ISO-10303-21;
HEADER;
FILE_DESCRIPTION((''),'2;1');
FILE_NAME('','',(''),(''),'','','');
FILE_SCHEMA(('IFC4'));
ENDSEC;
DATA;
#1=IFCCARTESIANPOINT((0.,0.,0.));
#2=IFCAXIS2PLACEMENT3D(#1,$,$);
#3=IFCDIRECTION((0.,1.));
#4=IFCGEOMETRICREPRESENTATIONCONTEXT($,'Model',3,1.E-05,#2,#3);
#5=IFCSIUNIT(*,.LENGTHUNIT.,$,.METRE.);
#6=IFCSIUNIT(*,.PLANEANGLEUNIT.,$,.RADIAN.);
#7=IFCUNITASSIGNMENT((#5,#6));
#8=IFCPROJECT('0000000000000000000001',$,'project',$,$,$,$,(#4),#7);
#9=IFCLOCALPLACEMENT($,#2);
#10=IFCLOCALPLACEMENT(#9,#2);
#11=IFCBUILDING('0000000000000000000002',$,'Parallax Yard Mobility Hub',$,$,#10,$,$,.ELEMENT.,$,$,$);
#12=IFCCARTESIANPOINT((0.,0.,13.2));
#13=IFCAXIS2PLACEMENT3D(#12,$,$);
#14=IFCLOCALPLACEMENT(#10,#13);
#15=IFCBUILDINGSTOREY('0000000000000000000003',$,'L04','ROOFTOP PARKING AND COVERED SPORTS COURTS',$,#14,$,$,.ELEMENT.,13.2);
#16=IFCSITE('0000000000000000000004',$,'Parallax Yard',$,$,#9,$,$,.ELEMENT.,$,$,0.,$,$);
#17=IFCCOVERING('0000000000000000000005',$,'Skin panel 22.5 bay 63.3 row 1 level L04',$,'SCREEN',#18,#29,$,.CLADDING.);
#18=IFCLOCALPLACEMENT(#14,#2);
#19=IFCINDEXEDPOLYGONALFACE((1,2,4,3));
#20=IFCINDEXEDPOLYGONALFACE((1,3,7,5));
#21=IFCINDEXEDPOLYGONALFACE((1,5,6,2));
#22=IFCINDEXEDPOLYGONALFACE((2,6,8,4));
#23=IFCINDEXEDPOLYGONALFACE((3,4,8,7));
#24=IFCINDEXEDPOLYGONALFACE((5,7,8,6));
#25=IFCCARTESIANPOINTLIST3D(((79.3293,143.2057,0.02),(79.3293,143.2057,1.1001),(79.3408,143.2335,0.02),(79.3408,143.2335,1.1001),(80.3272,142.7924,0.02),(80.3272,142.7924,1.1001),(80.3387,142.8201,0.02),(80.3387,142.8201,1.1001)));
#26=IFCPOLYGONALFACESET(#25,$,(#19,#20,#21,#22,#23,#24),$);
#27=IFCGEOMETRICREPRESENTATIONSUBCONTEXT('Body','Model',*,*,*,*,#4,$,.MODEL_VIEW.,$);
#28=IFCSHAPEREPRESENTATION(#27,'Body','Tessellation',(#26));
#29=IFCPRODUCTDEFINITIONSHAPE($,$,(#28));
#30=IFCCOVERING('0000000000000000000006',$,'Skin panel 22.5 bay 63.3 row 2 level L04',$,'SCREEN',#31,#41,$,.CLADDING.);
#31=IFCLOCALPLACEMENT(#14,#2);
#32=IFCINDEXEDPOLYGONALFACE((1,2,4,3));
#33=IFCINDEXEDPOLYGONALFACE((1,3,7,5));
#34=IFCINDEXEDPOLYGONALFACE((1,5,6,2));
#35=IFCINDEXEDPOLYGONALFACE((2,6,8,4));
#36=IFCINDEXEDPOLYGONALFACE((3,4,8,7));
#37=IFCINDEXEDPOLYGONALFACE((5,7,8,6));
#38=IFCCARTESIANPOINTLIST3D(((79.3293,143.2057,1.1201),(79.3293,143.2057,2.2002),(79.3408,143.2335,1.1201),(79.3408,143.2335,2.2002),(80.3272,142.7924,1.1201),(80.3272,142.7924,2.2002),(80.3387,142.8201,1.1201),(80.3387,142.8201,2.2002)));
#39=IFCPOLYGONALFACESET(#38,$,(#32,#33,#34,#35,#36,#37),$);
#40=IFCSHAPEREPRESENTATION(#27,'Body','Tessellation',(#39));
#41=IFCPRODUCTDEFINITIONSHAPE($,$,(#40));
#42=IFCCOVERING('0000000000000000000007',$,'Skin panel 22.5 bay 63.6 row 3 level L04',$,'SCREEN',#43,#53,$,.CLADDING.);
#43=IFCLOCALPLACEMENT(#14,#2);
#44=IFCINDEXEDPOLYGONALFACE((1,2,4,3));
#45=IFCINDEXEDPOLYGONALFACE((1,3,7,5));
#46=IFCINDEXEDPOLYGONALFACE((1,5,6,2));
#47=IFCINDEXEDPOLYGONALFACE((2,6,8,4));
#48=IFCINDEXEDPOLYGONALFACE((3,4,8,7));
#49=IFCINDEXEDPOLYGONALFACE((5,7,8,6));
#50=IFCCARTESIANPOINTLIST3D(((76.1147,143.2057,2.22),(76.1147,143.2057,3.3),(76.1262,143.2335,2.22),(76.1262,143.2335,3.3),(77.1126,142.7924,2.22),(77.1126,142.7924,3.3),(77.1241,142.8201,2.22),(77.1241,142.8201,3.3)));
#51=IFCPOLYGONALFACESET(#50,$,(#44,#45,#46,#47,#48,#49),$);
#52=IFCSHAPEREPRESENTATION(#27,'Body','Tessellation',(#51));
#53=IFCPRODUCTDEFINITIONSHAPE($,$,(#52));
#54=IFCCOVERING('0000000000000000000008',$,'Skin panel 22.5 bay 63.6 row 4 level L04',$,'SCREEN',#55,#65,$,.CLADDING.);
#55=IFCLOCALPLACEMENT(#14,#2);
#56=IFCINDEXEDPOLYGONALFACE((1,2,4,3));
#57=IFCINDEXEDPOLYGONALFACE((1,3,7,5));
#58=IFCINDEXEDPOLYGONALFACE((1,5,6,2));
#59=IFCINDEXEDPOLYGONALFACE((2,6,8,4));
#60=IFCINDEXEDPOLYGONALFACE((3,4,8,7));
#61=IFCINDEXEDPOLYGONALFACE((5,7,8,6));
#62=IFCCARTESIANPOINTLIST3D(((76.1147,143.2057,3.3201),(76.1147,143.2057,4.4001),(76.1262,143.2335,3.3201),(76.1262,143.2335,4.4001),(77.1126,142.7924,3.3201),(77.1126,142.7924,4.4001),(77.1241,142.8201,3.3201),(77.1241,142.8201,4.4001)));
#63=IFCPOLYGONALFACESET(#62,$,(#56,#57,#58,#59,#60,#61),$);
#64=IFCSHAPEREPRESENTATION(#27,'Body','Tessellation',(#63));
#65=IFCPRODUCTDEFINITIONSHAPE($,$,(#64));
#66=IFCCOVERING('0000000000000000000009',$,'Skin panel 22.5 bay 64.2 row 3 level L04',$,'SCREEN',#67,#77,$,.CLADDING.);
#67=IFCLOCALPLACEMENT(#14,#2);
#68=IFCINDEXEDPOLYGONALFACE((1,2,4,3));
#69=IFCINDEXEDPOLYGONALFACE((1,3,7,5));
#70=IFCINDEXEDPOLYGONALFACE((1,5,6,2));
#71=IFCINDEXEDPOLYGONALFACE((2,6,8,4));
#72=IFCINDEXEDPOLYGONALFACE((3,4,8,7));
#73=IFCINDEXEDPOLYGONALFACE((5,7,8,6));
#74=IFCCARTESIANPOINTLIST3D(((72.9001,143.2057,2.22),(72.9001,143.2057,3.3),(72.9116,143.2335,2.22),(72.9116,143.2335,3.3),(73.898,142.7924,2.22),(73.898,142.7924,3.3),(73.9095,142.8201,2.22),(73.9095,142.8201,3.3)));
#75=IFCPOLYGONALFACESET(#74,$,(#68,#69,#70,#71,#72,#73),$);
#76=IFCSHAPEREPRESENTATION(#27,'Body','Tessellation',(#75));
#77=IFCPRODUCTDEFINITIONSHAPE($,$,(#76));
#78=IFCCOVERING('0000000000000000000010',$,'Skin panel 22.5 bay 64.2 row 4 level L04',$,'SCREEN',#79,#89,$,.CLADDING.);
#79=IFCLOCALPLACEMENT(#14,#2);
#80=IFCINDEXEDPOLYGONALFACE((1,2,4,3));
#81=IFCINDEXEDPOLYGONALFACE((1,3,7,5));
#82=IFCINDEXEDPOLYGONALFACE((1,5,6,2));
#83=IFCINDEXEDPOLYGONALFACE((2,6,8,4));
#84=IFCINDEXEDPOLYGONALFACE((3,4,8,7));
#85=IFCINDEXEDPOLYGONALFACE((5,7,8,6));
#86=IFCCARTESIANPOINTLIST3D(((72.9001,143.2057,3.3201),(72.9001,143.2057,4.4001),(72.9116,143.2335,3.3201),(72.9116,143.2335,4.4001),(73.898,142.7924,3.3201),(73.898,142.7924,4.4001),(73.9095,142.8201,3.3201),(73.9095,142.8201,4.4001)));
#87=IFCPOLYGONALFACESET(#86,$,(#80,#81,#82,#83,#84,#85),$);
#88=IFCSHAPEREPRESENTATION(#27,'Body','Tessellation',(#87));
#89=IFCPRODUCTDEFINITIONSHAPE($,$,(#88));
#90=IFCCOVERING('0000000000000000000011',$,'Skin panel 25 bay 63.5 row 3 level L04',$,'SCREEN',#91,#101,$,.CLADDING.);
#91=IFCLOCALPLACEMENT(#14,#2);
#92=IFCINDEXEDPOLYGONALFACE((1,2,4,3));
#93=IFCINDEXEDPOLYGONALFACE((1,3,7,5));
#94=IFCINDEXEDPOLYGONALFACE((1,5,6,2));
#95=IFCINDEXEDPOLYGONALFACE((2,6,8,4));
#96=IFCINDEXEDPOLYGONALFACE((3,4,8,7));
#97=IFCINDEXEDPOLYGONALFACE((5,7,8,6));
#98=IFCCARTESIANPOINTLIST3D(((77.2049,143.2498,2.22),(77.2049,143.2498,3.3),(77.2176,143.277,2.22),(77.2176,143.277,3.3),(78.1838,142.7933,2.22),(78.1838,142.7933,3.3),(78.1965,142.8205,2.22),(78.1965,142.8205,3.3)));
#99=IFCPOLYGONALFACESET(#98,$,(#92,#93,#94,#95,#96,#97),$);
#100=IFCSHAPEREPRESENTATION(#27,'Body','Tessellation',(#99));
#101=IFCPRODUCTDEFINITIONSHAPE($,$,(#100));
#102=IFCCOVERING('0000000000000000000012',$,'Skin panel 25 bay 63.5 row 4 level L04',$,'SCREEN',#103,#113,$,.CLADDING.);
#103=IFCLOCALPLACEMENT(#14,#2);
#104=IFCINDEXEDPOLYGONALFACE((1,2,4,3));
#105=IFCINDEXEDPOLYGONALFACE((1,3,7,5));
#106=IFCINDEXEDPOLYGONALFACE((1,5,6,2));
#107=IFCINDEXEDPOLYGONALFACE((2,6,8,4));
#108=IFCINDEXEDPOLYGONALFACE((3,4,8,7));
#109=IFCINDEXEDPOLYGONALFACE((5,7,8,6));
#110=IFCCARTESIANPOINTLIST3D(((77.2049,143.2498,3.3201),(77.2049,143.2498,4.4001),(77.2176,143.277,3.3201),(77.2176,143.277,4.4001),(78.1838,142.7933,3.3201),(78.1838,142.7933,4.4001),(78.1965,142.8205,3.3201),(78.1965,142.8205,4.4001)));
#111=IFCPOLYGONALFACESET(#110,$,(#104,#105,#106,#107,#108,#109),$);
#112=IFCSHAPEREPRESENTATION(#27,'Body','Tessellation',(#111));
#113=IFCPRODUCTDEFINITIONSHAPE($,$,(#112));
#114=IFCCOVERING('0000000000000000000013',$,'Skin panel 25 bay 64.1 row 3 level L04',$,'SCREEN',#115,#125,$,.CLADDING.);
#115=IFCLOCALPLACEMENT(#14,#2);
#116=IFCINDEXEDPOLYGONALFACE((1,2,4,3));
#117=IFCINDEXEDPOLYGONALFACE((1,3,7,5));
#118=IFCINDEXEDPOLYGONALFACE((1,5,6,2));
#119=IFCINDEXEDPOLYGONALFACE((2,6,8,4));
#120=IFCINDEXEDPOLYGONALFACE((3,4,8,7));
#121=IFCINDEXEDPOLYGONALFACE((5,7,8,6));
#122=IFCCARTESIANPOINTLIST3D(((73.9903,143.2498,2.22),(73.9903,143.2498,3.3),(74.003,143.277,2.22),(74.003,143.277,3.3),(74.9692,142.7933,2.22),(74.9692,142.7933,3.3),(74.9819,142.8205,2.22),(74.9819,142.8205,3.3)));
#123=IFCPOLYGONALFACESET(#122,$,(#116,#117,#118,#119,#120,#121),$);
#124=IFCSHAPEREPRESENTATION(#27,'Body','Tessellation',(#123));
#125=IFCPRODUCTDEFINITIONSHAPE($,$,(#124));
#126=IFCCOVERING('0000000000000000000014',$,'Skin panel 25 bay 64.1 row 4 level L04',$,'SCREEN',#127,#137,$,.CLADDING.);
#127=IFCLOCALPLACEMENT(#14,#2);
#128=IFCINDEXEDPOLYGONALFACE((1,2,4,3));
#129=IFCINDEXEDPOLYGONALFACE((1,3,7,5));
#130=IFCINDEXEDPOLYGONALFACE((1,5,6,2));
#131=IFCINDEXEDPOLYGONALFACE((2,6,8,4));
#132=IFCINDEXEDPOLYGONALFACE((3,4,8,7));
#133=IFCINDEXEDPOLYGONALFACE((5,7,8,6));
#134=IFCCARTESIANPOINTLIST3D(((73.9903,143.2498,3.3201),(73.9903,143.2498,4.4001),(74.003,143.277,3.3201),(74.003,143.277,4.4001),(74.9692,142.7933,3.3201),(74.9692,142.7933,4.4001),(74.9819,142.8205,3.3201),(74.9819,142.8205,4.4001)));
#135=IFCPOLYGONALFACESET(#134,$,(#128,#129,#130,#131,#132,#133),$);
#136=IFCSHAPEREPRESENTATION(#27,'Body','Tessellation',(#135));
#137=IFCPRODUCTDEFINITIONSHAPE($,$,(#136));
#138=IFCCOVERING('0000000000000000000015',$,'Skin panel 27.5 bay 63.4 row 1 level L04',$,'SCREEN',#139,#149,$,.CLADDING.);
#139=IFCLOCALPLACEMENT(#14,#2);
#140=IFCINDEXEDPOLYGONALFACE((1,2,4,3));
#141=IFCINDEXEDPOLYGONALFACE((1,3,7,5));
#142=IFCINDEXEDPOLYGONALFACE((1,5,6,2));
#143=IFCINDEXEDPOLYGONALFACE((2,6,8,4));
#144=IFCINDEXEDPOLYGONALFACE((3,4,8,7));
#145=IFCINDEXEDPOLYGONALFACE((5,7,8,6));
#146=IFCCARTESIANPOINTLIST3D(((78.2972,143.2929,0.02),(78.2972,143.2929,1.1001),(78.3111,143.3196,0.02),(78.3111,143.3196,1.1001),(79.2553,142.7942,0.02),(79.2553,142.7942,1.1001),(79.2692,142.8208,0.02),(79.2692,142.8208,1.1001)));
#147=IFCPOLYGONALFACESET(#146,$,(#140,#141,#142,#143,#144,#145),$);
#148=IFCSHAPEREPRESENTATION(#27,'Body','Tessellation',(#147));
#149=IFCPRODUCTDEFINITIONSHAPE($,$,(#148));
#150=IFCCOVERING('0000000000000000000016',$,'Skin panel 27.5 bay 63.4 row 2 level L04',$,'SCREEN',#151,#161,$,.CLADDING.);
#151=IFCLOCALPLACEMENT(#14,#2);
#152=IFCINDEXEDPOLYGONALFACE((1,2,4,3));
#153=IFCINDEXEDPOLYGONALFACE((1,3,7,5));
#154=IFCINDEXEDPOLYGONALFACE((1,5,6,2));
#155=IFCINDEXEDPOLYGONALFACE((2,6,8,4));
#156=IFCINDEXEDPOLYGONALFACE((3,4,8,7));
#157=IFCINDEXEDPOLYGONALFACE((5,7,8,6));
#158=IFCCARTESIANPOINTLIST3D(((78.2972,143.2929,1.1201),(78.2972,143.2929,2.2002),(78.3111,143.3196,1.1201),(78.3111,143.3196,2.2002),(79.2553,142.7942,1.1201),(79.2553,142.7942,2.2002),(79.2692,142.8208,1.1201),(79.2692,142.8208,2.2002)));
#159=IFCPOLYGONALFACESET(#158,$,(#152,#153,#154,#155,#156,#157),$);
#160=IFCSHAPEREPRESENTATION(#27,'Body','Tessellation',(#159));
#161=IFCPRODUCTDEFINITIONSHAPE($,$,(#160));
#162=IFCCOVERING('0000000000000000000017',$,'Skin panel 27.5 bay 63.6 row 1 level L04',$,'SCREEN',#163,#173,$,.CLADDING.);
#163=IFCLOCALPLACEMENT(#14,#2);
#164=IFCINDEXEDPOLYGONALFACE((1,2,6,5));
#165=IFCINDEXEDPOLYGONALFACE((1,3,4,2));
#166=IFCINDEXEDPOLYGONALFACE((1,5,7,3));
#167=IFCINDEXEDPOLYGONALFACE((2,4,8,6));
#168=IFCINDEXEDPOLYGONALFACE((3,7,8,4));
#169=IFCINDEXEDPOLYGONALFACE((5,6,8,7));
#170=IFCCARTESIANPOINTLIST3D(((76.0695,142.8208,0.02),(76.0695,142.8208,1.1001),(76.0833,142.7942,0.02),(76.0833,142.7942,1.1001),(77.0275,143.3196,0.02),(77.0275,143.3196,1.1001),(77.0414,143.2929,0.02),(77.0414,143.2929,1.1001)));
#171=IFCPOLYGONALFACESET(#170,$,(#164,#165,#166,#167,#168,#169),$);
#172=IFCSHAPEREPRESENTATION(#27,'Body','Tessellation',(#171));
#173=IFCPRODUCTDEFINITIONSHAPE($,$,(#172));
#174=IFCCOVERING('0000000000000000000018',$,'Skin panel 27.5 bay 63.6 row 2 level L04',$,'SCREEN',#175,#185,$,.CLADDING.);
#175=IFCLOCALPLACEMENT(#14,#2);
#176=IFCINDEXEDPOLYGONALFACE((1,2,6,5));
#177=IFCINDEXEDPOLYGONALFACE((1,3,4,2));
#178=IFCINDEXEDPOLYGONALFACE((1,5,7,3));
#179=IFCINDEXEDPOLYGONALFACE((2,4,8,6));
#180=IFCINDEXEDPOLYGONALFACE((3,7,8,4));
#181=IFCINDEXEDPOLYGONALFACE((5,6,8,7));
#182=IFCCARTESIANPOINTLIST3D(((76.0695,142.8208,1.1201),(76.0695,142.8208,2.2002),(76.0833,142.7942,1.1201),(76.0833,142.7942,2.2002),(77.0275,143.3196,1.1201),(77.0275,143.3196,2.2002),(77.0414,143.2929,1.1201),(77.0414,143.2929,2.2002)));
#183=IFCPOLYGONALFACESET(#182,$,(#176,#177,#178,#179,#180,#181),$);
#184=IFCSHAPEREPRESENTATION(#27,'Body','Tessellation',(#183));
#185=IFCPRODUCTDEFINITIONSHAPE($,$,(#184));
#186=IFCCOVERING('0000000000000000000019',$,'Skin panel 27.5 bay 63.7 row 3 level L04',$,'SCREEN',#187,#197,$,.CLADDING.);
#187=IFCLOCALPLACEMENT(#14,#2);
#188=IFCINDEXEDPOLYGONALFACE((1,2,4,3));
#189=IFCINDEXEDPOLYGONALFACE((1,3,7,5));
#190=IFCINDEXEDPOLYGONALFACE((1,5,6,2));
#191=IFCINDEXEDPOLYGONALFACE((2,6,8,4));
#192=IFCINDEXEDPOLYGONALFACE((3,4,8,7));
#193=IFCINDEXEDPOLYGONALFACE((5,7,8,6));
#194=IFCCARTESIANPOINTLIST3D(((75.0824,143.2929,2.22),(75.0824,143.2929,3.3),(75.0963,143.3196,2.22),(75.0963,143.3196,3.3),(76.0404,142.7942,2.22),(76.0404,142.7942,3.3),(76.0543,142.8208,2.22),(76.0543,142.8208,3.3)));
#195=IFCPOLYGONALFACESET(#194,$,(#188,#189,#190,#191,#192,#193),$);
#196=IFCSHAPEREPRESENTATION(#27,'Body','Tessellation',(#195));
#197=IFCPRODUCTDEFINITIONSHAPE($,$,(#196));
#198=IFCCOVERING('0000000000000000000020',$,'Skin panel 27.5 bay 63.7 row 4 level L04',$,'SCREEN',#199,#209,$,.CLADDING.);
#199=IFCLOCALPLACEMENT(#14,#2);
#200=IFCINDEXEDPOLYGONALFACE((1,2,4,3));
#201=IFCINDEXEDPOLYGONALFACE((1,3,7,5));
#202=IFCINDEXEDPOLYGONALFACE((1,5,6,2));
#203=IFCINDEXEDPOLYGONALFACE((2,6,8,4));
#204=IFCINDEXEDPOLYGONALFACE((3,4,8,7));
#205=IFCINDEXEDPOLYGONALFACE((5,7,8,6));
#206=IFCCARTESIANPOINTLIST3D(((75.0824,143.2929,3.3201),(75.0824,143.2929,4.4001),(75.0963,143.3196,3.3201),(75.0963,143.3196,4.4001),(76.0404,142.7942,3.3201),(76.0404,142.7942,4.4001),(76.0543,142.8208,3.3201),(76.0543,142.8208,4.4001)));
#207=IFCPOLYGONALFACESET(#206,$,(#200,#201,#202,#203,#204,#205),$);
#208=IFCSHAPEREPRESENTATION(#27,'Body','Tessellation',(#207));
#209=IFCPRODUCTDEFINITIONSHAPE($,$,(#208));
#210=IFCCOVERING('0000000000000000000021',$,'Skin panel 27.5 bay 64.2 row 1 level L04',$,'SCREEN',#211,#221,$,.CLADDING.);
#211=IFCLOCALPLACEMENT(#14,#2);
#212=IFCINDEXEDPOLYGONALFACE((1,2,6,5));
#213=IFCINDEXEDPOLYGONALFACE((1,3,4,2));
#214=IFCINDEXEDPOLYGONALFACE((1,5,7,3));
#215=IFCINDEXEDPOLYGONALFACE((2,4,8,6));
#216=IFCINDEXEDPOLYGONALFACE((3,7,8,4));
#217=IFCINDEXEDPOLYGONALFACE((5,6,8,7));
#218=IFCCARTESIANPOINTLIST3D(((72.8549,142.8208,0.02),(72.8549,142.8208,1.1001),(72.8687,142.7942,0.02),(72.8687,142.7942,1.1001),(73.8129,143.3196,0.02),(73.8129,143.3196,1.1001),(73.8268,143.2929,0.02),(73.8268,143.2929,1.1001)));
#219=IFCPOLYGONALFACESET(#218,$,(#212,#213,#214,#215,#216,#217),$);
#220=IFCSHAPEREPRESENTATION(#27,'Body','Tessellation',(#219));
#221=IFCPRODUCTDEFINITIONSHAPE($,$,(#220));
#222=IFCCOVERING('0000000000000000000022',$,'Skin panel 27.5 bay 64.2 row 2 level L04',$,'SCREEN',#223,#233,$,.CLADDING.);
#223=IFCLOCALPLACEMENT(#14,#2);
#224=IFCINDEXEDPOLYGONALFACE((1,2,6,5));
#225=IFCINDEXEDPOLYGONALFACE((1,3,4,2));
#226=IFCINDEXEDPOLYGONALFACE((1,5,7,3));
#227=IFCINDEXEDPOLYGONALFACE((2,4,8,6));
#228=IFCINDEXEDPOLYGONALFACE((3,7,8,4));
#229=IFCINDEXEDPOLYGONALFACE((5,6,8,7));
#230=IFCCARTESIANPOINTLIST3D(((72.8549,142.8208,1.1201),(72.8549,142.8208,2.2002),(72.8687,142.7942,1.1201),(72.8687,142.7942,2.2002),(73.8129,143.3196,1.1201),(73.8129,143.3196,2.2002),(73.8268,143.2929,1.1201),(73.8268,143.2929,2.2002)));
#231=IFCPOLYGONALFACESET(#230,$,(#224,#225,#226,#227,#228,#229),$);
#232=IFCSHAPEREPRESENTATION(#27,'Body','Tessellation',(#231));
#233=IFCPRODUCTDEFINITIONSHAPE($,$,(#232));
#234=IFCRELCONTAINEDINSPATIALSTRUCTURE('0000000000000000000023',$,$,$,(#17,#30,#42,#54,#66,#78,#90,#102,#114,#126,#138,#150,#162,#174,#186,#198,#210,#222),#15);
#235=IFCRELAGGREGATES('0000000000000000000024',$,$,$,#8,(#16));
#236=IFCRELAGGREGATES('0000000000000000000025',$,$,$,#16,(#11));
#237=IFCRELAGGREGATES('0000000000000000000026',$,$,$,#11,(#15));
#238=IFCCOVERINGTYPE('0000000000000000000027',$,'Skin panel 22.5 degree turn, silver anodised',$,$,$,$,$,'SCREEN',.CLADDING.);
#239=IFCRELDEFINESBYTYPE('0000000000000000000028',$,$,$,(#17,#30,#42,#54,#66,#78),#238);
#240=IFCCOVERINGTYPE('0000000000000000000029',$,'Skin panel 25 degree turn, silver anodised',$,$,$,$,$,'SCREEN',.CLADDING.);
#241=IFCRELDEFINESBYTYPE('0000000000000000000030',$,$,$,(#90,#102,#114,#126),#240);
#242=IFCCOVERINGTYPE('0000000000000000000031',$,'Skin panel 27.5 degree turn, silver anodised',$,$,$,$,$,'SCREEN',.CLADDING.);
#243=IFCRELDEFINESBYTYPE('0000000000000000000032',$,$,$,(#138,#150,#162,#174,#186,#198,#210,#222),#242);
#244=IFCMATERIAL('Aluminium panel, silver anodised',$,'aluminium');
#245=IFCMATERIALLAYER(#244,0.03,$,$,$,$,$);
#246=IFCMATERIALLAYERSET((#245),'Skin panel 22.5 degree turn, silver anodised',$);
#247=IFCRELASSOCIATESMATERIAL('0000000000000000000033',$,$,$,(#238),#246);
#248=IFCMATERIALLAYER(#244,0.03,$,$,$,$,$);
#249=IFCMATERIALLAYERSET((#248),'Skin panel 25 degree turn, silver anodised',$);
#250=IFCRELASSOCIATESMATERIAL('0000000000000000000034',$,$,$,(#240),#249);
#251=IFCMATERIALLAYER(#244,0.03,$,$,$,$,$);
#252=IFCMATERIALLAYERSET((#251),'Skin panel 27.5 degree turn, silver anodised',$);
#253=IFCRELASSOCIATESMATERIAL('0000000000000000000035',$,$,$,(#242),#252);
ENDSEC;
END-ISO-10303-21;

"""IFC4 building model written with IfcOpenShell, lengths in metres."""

from ifc_helpers import new_model, si_unit, direction, frame, origin, origin_2d, place, context, subcontext, project, spatial, rectangle, extrude, material, layer, layer_set, type_object, element, save


model = new_model("IFC4")

# Units and contexts
model_context = context("Model", 3, precision=1e-05, world=origin(), true_north=direction((0.0, 1.0)))
body_context = subcontext(model_context, "Body", "Model", "MODEL_VIEW")
ifc_project = project(units=[si_unit("LENGTHUNIT", "METRE"), si_unit("PLANEANGLEUNIT", "RADIAN")], contexts=[model_context])

# Site, building, storey
site_placement = place(None, origin())
site = spatial("IfcSite", under=ifc_project, at=site_placement, Name="Parallax Yard", CompositionType="ELEMENT", RefElevation=0.0)
building_placement = place(site_placement, origin())
building = spatial("IfcBuilding", under=site, at=building_placement, Name="Parallax Yard Mobility Hub", CompositionType="ELEMENT")
storey_placement = place(building_placement, frame((0.0, 0.0, 13.2)))
storey = spatial("IfcBuildingStorey", under=building, at=storey_placement, Name="L04", Description="ROOFTOP PARKING AND COVERED SPORTS COURTS", CompositionType="ELEMENT", Elevation=13.2)

# Coverings
ifc_material = material(Name="Aluminium panel, silver anodised", Category="aluminium")
ifc_layer_1 = layer(ifc_material, 0.03)
ifc_layer_set_1 = layer_set([ifc_layer_1], Name="Skin panel 22.5 degree turn, silver anodised")
covering_type_1 = type_object("IfcCoveringType", Name="Skin panel 22.5 degree turn, silver anodised", ElementType="SCREEN", PredefinedType="CLADDING", material=ifc_layer_set_1)
for number, where, z_axis, x_axis, name in (
    (1, (79.834, 143.0129, 0.02), (0.0, 0.0, 1.0), (-0.92388, 0.382683, 0.0), "Skin panel 22.5 bay 63.3 row 1 level L04"),
    (2, (79.834, 143.0129, 1.1201), (0.0, 0.0, 1.0), (-0.92388, 0.382683, 0.0), "Skin panel 22.5 bay 63.3 row 2 level L04"),
    (3, (76.6194, 143.0129, 2.22), (0.0, 0.0, 1.0), (-0.92388, 0.382683, 0.0), "Skin panel 22.5 bay 63.6 row 3 level L04"),
    (4, (76.6194, 143.0129, 3.3201), (0.0, 0.0, 1.0), (-0.92388, 0.382683, 0.0), "Skin panel 22.5 bay 63.6 row 4 level L04"),
    (5, (73.4048, 143.0129, 2.22), (0.0, 0.0, 1.0), (-0.92388, 0.382683, 0.0), "Skin panel 22.5 bay 64.2 row 3 level L04"),
    (6, (73.4048, 143.0129, 3.3201), (0.0, 0.0, 1.0), (-0.92388, 0.382683, 0.0), "Skin panel 22.5 bay 64.2 row 4 level L04"),
):
    element("IfcCovering", number, at=place(storey_placement, frame(where, z_axis=z_axis, x_axis=x_axis)), inside=storey, type_object=covering_type_1, Name=name, ObjectType="SCREEN", PredefinedType="CLADDING", context=body_context, shape_type="SweptSolid", body=[
        extrude(rectangle(XDim=1.0801, YDim=0.03, at=origin_2d()), origin(), (0.0, 0.0, 1.0), 1.0801),
    ])
ifc_layer_2 = layer(ifc_material, 0.03)
ifc_layer_set_2 = layer_set([ifc_layer_2], Name="Skin panel 25 degree turn, silver anodised")
covering_type_2 = type_object("IfcCoveringType", Name="Skin panel 25 degree turn, silver anodised", ElementType="SCREEN", PredefinedType="CLADDING", material=ifc_layer_set_2)
for number, where, z_axis, x_axis, name in (
    (7, (77.7007, 143.0352, 2.22), (0.0, 0.0, 1.0), (-0.906308, 0.422618, 0.0), "Skin panel 25 bay 63.5 row 3 level L04"),
    (8, (77.7007, 143.0352, 3.3201), (0.0, 0.0, 1.0), (-0.906308, 0.422618, 0.0), "Skin panel 25 bay 63.5 row 4 level L04"),
    (9, (74.4861, 143.0352, 2.22), (0.0, 0.0, 1.0), (-0.906308, 0.422618, 0.0), "Skin panel 25 bay 64.1 row 3 level L04"),
    (10, (74.4861, 143.0352, 3.3201), (0.0, 0.0, 1.0), (-0.906308, 0.422618, 0.0), "Skin panel 25 bay 64.1 row 4 level L04"),
):
    element("IfcCovering", number, at=place(storey_placement, frame(where, z_axis=z_axis, x_axis=x_axis)), inside=storey, type_object=covering_type_2, Name=name, ObjectType="SCREEN", PredefinedType="CLADDING", context=body_context, shape_type="SweptSolid", body=[
        extrude(rectangle(XDim=1.0801, YDim=0.03, at=origin_2d()), origin(), (0.0, 0.0, 1.0), 1.0801),
    ])
ifc_layer_3 = layer(ifc_material, 0.03)
ifc_layer_set_3 = layer_set([ifc_layer_3], Name="Skin panel 27.5 degree turn, silver anodised")
covering_type_3 = type_object("IfcCoveringType", Name="Skin panel 27.5 degree turn, silver anodised", ElementType="SCREEN", PredefinedType="CLADDING", material=ifc_layer_set_3)
for number, where, z_axis, x_axis, name in (
    (11, (78.7832, 143.0569, 0.02), (0.0, 0.0, 1.0), (-0.887011, 0.461749, 0.0), "Skin panel 27.5 bay 63.4 row 1 level L04"),
    (12, (78.7832, 143.0569, 1.1201), (0.0, 0.0, 1.0), (-0.887011, 0.461749, 0.0), "Skin panel 27.5 bay 63.4 row 2 level L04"),
    (13, (76.5554, 143.0569, 0.02), (0.0, 0.0, 1.0), (0.887011, 0.461749, 0.0), "Skin panel 27.5 bay 63.6 row 1 level L04"),
    (14, (76.5554, 143.0569, 1.1201), (0.0, 0.0, 1.0), (0.887011, 0.461749, 0.0), "Skin panel 27.5 bay 63.6 row 2 level L04"),
    (15, (75.5684, 143.0569, 2.22), (0.0, 0.0, 1.0), (-0.887011, 0.461749, 0.0), "Skin panel 27.5 bay 63.7 row 3 level L04"),
    (16, (75.5684, 143.0569, 3.3201), (0.0, 0.0, 1.0), (-0.887011, 0.461749, 0.0), "Skin panel 27.5 bay 63.7 row 4 level L04"),
    (17, (73.3408, 143.0569, 0.02), (0.0, 0.0, 1.0), (0.887011, 0.461749, 0.0), "Skin panel 27.5 bay 64.2 row 1 level L04"),
    (18, (73.3408, 143.0569, 1.1201), (0.0, 0.0, 1.0), (0.887011, 0.461749, 0.0), "Skin panel 27.5 bay 64.2 row 2 level L04"),
):
    element("IfcCovering", number, at=place(storey_placement, frame(where, z_axis=z_axis, x_axis=x_axis)), inside=storey, type_object=covering_type_3, Name=name, ObjectType="SCREEN", PredefinedType="CLADDING", context=body_context, shape_type="SweptSolid", body=[
        extrude(rectangle(XDim=1.0801, YDim=0.03, at=origin_2d()), origin(), (0.0, 0.0, 1.0), 1.0801),
    ])

save(model, "model.ifc")
